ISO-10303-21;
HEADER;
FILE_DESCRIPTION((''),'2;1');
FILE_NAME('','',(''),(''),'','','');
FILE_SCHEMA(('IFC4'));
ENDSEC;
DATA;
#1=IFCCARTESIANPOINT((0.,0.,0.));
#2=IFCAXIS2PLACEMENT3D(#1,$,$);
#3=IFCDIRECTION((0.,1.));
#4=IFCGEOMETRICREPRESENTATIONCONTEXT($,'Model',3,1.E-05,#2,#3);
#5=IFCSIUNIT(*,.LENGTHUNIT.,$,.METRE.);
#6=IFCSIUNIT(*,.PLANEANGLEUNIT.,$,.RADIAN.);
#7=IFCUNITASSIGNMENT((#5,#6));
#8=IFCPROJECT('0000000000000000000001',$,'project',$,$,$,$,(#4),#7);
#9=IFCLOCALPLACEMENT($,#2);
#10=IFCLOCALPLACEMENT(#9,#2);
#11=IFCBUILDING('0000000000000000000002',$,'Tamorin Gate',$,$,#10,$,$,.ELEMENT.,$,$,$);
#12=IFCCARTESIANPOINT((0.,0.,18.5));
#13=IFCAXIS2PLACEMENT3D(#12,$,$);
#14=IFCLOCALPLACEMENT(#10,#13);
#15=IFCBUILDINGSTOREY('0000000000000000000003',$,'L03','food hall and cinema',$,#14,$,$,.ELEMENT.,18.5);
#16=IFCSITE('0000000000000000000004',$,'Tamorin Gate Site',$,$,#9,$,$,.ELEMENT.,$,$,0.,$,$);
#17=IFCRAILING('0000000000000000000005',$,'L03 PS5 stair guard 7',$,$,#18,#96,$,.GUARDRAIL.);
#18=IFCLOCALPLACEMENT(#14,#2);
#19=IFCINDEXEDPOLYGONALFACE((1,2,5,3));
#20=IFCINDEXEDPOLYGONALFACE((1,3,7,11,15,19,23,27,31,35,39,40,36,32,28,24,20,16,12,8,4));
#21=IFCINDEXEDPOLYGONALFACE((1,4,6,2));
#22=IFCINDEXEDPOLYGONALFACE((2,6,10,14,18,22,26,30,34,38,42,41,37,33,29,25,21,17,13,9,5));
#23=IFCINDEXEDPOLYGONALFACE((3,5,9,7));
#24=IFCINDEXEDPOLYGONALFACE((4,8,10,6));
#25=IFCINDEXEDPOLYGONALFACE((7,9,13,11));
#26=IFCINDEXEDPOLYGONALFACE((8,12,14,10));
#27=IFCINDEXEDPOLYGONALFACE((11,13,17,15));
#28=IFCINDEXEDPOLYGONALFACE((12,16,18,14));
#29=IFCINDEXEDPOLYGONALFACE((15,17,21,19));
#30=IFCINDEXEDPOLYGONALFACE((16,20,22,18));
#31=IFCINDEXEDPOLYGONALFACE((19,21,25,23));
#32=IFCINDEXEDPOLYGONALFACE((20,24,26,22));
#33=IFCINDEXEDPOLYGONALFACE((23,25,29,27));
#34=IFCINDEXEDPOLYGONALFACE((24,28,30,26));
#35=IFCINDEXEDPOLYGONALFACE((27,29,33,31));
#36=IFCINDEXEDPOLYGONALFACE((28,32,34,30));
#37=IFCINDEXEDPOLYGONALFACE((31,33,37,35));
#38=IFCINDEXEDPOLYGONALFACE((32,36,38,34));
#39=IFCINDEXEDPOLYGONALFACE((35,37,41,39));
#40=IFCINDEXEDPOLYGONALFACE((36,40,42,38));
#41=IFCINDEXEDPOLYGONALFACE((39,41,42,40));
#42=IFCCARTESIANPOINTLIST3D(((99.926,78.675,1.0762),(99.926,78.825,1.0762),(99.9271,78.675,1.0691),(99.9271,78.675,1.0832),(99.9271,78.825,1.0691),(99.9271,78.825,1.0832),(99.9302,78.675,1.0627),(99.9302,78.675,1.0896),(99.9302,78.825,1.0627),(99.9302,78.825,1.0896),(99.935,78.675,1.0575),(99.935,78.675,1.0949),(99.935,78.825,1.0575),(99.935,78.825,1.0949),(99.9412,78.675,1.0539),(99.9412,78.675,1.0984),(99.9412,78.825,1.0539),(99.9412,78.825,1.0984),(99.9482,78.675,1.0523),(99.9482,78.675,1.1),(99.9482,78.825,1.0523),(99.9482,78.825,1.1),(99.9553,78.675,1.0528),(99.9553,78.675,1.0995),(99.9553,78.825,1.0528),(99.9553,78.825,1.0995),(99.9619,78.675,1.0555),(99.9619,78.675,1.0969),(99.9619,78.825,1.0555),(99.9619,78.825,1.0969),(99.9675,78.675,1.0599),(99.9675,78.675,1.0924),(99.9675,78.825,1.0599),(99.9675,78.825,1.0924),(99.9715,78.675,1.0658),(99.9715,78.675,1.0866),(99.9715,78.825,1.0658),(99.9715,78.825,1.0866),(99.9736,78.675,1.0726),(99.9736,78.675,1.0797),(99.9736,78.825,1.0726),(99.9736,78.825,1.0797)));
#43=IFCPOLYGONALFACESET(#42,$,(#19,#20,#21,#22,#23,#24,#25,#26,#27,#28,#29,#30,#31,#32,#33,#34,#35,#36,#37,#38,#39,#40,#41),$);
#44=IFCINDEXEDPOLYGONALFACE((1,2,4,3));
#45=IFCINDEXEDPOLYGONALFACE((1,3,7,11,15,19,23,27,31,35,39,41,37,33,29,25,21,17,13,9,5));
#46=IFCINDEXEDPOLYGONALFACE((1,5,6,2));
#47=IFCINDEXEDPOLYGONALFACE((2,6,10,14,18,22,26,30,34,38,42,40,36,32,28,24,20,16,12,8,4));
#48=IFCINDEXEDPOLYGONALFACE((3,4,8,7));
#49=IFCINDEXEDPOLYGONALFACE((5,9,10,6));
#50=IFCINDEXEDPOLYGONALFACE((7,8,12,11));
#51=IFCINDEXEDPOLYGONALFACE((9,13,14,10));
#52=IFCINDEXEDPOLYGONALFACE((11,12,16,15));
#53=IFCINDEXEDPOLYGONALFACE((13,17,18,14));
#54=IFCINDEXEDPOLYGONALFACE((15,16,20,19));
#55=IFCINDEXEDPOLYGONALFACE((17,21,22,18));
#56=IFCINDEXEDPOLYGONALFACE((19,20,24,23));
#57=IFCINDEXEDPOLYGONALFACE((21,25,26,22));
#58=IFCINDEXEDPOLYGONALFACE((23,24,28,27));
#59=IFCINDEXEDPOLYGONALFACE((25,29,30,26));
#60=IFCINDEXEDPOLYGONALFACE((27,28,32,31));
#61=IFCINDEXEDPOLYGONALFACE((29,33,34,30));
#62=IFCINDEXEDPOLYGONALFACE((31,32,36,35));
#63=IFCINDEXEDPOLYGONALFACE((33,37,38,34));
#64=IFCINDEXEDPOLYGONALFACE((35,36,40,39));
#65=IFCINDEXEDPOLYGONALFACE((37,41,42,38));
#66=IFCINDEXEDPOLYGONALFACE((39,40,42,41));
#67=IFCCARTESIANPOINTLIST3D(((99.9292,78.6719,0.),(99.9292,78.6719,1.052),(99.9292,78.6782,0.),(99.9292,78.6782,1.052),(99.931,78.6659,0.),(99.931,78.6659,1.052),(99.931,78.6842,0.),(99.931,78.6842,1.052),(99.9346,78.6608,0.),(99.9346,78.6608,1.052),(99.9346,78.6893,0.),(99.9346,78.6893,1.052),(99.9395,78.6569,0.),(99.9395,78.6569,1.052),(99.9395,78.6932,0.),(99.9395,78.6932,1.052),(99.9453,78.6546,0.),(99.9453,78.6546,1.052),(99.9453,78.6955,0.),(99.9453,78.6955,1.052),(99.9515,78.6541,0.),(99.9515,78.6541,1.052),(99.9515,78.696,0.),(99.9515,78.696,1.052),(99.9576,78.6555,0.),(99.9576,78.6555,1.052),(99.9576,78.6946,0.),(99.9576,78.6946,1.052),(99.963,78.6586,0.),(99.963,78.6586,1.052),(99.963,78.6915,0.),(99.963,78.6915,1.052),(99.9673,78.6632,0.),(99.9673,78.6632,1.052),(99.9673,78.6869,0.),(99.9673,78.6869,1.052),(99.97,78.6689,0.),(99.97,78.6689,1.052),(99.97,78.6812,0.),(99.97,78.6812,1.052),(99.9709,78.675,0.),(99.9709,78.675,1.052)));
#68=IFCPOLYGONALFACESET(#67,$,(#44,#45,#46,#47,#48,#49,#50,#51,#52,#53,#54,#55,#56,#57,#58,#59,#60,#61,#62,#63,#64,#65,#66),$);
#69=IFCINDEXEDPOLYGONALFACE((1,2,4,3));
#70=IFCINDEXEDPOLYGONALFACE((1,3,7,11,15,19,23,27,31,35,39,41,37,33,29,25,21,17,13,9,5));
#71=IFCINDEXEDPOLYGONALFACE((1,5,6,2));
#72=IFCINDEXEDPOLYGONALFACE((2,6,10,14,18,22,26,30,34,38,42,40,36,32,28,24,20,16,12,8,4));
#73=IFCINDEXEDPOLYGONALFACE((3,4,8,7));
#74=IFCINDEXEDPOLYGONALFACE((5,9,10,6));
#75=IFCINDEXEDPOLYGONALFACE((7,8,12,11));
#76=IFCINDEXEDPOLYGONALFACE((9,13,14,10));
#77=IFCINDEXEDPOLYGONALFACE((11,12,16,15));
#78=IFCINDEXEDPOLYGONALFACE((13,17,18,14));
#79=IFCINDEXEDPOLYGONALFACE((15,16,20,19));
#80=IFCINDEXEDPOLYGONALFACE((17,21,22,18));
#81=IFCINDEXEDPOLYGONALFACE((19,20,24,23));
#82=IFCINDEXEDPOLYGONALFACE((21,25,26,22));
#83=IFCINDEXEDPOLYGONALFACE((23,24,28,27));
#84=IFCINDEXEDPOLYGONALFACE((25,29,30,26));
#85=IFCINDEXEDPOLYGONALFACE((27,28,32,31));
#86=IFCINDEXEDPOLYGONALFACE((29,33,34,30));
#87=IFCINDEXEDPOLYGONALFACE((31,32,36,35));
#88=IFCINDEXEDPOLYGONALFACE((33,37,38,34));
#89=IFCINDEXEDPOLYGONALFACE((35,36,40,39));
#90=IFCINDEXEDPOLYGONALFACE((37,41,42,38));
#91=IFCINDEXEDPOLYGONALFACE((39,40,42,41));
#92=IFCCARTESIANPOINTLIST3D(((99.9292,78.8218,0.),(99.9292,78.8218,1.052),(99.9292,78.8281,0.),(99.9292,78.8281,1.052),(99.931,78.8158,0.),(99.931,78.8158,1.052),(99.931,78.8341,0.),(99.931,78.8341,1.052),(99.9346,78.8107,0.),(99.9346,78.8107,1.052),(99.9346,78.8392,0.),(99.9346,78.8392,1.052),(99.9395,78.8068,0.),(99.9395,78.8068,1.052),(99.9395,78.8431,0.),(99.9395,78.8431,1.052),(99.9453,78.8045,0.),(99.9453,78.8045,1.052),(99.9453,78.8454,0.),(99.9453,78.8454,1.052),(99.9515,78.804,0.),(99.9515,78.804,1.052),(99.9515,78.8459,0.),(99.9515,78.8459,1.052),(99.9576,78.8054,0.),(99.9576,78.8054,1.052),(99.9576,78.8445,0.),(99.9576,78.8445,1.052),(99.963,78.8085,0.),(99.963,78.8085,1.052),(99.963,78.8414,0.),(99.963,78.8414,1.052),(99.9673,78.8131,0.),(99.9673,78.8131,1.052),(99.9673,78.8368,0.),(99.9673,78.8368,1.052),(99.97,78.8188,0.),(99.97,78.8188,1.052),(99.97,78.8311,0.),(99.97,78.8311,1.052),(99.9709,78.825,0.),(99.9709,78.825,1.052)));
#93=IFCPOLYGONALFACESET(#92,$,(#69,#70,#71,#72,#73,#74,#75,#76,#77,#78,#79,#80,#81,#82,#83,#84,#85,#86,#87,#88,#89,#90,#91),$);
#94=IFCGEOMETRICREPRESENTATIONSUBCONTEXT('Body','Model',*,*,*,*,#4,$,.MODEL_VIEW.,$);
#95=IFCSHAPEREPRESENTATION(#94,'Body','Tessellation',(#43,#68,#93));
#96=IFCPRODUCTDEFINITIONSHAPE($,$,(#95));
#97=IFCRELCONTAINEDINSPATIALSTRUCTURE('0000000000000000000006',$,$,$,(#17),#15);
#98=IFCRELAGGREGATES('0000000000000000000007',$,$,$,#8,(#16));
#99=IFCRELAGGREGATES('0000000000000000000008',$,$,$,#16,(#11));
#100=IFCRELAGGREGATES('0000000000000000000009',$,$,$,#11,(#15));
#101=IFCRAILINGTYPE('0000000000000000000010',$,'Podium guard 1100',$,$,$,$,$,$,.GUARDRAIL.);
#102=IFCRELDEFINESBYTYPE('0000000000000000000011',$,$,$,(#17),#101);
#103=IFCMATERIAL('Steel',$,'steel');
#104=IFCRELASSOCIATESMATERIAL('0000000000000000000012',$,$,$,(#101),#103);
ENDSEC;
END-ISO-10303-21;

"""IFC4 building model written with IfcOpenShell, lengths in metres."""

from ifc_helpers import new_model, si_unit, direction, frame, origin, origin_2d, place, context, subcontext, project, spatial, circle, extrude, material, type_object, element, save


model = new_model("IFC4")

# Units and contexts
model_context = context("Model", 3, precision=1e-05, world=origin(), true_north=direction((0.0, 1.0)))
body_context = subcontext(model_context, "Body", "Model", "MODEL_VIEW")
ifc_project = project(units=[si_unit("LENGTHUNIT", "METRE"), si_unit("PLANEANGLEUNIT", "RADIAN")], contexts=[model_context])

# Site, building, storey
site_placement = place(None, origin())
site = spatial("IfcSite", under=ifc_project, at=site_placement, Name="Tamorin Gate Site", CompositionType="ELEMENT", RefElevation=0.0)
building_placement = place(site_placement, origin())
building = spatial("IfcBuilding", under=site, at=building_placement, Name="Tamorin Gate", CompositionType="ELEMENT")
storey_placement = place(building_placement, frame((0.0, 0.0, 18.5)))
storey = spatial("IfcBuildingStorey", under=building, at=storey_placement, Name="L03", Description="food hall and cinema", CompositionType="ELEMENT", Elevation=18.5)

# Railing
ifc_material_1 = material(Name="Steel", Category="steel")
railing_type_1 = type_object("IfcRailingType", Name="Podium guard 1100", PredefinedType="GUARDRAIL", material=ifc_material_1)
railing_1_placement = place(storey_placement, frame((99.95, 78.675, 0.0)))
element("IfcRailing", 1, at=railing_1_placement, inside=storey, type_object=railing_type_1, Name="L03 PS5 stair guard 7", PredefinedType="GUARDRAIL", context=body_context, shape_type="SweptSolid", body=[
    extrude(circle(Radius=0.0239, at=origin_2d()), frame((0.0, 0.0, 1.0762), z_axis=(0.0, 1.0, 0.0), x_axis=(-1.0, 0.0, 0.0)), (0.0, 0.0, 1.0), 0.1499),
    extrude(circle(Radius=0.021, at=origin_2d()), origin(), (0.0, 0.0, 1.0), 1.052),
    extrude(circle(Radius=0.021, at=origin_2d()), frame((0.0, 0.1499, 0.0)), (0.0, 0.0, 1.0), 1.052),
])

save(model, "model.ifc")
